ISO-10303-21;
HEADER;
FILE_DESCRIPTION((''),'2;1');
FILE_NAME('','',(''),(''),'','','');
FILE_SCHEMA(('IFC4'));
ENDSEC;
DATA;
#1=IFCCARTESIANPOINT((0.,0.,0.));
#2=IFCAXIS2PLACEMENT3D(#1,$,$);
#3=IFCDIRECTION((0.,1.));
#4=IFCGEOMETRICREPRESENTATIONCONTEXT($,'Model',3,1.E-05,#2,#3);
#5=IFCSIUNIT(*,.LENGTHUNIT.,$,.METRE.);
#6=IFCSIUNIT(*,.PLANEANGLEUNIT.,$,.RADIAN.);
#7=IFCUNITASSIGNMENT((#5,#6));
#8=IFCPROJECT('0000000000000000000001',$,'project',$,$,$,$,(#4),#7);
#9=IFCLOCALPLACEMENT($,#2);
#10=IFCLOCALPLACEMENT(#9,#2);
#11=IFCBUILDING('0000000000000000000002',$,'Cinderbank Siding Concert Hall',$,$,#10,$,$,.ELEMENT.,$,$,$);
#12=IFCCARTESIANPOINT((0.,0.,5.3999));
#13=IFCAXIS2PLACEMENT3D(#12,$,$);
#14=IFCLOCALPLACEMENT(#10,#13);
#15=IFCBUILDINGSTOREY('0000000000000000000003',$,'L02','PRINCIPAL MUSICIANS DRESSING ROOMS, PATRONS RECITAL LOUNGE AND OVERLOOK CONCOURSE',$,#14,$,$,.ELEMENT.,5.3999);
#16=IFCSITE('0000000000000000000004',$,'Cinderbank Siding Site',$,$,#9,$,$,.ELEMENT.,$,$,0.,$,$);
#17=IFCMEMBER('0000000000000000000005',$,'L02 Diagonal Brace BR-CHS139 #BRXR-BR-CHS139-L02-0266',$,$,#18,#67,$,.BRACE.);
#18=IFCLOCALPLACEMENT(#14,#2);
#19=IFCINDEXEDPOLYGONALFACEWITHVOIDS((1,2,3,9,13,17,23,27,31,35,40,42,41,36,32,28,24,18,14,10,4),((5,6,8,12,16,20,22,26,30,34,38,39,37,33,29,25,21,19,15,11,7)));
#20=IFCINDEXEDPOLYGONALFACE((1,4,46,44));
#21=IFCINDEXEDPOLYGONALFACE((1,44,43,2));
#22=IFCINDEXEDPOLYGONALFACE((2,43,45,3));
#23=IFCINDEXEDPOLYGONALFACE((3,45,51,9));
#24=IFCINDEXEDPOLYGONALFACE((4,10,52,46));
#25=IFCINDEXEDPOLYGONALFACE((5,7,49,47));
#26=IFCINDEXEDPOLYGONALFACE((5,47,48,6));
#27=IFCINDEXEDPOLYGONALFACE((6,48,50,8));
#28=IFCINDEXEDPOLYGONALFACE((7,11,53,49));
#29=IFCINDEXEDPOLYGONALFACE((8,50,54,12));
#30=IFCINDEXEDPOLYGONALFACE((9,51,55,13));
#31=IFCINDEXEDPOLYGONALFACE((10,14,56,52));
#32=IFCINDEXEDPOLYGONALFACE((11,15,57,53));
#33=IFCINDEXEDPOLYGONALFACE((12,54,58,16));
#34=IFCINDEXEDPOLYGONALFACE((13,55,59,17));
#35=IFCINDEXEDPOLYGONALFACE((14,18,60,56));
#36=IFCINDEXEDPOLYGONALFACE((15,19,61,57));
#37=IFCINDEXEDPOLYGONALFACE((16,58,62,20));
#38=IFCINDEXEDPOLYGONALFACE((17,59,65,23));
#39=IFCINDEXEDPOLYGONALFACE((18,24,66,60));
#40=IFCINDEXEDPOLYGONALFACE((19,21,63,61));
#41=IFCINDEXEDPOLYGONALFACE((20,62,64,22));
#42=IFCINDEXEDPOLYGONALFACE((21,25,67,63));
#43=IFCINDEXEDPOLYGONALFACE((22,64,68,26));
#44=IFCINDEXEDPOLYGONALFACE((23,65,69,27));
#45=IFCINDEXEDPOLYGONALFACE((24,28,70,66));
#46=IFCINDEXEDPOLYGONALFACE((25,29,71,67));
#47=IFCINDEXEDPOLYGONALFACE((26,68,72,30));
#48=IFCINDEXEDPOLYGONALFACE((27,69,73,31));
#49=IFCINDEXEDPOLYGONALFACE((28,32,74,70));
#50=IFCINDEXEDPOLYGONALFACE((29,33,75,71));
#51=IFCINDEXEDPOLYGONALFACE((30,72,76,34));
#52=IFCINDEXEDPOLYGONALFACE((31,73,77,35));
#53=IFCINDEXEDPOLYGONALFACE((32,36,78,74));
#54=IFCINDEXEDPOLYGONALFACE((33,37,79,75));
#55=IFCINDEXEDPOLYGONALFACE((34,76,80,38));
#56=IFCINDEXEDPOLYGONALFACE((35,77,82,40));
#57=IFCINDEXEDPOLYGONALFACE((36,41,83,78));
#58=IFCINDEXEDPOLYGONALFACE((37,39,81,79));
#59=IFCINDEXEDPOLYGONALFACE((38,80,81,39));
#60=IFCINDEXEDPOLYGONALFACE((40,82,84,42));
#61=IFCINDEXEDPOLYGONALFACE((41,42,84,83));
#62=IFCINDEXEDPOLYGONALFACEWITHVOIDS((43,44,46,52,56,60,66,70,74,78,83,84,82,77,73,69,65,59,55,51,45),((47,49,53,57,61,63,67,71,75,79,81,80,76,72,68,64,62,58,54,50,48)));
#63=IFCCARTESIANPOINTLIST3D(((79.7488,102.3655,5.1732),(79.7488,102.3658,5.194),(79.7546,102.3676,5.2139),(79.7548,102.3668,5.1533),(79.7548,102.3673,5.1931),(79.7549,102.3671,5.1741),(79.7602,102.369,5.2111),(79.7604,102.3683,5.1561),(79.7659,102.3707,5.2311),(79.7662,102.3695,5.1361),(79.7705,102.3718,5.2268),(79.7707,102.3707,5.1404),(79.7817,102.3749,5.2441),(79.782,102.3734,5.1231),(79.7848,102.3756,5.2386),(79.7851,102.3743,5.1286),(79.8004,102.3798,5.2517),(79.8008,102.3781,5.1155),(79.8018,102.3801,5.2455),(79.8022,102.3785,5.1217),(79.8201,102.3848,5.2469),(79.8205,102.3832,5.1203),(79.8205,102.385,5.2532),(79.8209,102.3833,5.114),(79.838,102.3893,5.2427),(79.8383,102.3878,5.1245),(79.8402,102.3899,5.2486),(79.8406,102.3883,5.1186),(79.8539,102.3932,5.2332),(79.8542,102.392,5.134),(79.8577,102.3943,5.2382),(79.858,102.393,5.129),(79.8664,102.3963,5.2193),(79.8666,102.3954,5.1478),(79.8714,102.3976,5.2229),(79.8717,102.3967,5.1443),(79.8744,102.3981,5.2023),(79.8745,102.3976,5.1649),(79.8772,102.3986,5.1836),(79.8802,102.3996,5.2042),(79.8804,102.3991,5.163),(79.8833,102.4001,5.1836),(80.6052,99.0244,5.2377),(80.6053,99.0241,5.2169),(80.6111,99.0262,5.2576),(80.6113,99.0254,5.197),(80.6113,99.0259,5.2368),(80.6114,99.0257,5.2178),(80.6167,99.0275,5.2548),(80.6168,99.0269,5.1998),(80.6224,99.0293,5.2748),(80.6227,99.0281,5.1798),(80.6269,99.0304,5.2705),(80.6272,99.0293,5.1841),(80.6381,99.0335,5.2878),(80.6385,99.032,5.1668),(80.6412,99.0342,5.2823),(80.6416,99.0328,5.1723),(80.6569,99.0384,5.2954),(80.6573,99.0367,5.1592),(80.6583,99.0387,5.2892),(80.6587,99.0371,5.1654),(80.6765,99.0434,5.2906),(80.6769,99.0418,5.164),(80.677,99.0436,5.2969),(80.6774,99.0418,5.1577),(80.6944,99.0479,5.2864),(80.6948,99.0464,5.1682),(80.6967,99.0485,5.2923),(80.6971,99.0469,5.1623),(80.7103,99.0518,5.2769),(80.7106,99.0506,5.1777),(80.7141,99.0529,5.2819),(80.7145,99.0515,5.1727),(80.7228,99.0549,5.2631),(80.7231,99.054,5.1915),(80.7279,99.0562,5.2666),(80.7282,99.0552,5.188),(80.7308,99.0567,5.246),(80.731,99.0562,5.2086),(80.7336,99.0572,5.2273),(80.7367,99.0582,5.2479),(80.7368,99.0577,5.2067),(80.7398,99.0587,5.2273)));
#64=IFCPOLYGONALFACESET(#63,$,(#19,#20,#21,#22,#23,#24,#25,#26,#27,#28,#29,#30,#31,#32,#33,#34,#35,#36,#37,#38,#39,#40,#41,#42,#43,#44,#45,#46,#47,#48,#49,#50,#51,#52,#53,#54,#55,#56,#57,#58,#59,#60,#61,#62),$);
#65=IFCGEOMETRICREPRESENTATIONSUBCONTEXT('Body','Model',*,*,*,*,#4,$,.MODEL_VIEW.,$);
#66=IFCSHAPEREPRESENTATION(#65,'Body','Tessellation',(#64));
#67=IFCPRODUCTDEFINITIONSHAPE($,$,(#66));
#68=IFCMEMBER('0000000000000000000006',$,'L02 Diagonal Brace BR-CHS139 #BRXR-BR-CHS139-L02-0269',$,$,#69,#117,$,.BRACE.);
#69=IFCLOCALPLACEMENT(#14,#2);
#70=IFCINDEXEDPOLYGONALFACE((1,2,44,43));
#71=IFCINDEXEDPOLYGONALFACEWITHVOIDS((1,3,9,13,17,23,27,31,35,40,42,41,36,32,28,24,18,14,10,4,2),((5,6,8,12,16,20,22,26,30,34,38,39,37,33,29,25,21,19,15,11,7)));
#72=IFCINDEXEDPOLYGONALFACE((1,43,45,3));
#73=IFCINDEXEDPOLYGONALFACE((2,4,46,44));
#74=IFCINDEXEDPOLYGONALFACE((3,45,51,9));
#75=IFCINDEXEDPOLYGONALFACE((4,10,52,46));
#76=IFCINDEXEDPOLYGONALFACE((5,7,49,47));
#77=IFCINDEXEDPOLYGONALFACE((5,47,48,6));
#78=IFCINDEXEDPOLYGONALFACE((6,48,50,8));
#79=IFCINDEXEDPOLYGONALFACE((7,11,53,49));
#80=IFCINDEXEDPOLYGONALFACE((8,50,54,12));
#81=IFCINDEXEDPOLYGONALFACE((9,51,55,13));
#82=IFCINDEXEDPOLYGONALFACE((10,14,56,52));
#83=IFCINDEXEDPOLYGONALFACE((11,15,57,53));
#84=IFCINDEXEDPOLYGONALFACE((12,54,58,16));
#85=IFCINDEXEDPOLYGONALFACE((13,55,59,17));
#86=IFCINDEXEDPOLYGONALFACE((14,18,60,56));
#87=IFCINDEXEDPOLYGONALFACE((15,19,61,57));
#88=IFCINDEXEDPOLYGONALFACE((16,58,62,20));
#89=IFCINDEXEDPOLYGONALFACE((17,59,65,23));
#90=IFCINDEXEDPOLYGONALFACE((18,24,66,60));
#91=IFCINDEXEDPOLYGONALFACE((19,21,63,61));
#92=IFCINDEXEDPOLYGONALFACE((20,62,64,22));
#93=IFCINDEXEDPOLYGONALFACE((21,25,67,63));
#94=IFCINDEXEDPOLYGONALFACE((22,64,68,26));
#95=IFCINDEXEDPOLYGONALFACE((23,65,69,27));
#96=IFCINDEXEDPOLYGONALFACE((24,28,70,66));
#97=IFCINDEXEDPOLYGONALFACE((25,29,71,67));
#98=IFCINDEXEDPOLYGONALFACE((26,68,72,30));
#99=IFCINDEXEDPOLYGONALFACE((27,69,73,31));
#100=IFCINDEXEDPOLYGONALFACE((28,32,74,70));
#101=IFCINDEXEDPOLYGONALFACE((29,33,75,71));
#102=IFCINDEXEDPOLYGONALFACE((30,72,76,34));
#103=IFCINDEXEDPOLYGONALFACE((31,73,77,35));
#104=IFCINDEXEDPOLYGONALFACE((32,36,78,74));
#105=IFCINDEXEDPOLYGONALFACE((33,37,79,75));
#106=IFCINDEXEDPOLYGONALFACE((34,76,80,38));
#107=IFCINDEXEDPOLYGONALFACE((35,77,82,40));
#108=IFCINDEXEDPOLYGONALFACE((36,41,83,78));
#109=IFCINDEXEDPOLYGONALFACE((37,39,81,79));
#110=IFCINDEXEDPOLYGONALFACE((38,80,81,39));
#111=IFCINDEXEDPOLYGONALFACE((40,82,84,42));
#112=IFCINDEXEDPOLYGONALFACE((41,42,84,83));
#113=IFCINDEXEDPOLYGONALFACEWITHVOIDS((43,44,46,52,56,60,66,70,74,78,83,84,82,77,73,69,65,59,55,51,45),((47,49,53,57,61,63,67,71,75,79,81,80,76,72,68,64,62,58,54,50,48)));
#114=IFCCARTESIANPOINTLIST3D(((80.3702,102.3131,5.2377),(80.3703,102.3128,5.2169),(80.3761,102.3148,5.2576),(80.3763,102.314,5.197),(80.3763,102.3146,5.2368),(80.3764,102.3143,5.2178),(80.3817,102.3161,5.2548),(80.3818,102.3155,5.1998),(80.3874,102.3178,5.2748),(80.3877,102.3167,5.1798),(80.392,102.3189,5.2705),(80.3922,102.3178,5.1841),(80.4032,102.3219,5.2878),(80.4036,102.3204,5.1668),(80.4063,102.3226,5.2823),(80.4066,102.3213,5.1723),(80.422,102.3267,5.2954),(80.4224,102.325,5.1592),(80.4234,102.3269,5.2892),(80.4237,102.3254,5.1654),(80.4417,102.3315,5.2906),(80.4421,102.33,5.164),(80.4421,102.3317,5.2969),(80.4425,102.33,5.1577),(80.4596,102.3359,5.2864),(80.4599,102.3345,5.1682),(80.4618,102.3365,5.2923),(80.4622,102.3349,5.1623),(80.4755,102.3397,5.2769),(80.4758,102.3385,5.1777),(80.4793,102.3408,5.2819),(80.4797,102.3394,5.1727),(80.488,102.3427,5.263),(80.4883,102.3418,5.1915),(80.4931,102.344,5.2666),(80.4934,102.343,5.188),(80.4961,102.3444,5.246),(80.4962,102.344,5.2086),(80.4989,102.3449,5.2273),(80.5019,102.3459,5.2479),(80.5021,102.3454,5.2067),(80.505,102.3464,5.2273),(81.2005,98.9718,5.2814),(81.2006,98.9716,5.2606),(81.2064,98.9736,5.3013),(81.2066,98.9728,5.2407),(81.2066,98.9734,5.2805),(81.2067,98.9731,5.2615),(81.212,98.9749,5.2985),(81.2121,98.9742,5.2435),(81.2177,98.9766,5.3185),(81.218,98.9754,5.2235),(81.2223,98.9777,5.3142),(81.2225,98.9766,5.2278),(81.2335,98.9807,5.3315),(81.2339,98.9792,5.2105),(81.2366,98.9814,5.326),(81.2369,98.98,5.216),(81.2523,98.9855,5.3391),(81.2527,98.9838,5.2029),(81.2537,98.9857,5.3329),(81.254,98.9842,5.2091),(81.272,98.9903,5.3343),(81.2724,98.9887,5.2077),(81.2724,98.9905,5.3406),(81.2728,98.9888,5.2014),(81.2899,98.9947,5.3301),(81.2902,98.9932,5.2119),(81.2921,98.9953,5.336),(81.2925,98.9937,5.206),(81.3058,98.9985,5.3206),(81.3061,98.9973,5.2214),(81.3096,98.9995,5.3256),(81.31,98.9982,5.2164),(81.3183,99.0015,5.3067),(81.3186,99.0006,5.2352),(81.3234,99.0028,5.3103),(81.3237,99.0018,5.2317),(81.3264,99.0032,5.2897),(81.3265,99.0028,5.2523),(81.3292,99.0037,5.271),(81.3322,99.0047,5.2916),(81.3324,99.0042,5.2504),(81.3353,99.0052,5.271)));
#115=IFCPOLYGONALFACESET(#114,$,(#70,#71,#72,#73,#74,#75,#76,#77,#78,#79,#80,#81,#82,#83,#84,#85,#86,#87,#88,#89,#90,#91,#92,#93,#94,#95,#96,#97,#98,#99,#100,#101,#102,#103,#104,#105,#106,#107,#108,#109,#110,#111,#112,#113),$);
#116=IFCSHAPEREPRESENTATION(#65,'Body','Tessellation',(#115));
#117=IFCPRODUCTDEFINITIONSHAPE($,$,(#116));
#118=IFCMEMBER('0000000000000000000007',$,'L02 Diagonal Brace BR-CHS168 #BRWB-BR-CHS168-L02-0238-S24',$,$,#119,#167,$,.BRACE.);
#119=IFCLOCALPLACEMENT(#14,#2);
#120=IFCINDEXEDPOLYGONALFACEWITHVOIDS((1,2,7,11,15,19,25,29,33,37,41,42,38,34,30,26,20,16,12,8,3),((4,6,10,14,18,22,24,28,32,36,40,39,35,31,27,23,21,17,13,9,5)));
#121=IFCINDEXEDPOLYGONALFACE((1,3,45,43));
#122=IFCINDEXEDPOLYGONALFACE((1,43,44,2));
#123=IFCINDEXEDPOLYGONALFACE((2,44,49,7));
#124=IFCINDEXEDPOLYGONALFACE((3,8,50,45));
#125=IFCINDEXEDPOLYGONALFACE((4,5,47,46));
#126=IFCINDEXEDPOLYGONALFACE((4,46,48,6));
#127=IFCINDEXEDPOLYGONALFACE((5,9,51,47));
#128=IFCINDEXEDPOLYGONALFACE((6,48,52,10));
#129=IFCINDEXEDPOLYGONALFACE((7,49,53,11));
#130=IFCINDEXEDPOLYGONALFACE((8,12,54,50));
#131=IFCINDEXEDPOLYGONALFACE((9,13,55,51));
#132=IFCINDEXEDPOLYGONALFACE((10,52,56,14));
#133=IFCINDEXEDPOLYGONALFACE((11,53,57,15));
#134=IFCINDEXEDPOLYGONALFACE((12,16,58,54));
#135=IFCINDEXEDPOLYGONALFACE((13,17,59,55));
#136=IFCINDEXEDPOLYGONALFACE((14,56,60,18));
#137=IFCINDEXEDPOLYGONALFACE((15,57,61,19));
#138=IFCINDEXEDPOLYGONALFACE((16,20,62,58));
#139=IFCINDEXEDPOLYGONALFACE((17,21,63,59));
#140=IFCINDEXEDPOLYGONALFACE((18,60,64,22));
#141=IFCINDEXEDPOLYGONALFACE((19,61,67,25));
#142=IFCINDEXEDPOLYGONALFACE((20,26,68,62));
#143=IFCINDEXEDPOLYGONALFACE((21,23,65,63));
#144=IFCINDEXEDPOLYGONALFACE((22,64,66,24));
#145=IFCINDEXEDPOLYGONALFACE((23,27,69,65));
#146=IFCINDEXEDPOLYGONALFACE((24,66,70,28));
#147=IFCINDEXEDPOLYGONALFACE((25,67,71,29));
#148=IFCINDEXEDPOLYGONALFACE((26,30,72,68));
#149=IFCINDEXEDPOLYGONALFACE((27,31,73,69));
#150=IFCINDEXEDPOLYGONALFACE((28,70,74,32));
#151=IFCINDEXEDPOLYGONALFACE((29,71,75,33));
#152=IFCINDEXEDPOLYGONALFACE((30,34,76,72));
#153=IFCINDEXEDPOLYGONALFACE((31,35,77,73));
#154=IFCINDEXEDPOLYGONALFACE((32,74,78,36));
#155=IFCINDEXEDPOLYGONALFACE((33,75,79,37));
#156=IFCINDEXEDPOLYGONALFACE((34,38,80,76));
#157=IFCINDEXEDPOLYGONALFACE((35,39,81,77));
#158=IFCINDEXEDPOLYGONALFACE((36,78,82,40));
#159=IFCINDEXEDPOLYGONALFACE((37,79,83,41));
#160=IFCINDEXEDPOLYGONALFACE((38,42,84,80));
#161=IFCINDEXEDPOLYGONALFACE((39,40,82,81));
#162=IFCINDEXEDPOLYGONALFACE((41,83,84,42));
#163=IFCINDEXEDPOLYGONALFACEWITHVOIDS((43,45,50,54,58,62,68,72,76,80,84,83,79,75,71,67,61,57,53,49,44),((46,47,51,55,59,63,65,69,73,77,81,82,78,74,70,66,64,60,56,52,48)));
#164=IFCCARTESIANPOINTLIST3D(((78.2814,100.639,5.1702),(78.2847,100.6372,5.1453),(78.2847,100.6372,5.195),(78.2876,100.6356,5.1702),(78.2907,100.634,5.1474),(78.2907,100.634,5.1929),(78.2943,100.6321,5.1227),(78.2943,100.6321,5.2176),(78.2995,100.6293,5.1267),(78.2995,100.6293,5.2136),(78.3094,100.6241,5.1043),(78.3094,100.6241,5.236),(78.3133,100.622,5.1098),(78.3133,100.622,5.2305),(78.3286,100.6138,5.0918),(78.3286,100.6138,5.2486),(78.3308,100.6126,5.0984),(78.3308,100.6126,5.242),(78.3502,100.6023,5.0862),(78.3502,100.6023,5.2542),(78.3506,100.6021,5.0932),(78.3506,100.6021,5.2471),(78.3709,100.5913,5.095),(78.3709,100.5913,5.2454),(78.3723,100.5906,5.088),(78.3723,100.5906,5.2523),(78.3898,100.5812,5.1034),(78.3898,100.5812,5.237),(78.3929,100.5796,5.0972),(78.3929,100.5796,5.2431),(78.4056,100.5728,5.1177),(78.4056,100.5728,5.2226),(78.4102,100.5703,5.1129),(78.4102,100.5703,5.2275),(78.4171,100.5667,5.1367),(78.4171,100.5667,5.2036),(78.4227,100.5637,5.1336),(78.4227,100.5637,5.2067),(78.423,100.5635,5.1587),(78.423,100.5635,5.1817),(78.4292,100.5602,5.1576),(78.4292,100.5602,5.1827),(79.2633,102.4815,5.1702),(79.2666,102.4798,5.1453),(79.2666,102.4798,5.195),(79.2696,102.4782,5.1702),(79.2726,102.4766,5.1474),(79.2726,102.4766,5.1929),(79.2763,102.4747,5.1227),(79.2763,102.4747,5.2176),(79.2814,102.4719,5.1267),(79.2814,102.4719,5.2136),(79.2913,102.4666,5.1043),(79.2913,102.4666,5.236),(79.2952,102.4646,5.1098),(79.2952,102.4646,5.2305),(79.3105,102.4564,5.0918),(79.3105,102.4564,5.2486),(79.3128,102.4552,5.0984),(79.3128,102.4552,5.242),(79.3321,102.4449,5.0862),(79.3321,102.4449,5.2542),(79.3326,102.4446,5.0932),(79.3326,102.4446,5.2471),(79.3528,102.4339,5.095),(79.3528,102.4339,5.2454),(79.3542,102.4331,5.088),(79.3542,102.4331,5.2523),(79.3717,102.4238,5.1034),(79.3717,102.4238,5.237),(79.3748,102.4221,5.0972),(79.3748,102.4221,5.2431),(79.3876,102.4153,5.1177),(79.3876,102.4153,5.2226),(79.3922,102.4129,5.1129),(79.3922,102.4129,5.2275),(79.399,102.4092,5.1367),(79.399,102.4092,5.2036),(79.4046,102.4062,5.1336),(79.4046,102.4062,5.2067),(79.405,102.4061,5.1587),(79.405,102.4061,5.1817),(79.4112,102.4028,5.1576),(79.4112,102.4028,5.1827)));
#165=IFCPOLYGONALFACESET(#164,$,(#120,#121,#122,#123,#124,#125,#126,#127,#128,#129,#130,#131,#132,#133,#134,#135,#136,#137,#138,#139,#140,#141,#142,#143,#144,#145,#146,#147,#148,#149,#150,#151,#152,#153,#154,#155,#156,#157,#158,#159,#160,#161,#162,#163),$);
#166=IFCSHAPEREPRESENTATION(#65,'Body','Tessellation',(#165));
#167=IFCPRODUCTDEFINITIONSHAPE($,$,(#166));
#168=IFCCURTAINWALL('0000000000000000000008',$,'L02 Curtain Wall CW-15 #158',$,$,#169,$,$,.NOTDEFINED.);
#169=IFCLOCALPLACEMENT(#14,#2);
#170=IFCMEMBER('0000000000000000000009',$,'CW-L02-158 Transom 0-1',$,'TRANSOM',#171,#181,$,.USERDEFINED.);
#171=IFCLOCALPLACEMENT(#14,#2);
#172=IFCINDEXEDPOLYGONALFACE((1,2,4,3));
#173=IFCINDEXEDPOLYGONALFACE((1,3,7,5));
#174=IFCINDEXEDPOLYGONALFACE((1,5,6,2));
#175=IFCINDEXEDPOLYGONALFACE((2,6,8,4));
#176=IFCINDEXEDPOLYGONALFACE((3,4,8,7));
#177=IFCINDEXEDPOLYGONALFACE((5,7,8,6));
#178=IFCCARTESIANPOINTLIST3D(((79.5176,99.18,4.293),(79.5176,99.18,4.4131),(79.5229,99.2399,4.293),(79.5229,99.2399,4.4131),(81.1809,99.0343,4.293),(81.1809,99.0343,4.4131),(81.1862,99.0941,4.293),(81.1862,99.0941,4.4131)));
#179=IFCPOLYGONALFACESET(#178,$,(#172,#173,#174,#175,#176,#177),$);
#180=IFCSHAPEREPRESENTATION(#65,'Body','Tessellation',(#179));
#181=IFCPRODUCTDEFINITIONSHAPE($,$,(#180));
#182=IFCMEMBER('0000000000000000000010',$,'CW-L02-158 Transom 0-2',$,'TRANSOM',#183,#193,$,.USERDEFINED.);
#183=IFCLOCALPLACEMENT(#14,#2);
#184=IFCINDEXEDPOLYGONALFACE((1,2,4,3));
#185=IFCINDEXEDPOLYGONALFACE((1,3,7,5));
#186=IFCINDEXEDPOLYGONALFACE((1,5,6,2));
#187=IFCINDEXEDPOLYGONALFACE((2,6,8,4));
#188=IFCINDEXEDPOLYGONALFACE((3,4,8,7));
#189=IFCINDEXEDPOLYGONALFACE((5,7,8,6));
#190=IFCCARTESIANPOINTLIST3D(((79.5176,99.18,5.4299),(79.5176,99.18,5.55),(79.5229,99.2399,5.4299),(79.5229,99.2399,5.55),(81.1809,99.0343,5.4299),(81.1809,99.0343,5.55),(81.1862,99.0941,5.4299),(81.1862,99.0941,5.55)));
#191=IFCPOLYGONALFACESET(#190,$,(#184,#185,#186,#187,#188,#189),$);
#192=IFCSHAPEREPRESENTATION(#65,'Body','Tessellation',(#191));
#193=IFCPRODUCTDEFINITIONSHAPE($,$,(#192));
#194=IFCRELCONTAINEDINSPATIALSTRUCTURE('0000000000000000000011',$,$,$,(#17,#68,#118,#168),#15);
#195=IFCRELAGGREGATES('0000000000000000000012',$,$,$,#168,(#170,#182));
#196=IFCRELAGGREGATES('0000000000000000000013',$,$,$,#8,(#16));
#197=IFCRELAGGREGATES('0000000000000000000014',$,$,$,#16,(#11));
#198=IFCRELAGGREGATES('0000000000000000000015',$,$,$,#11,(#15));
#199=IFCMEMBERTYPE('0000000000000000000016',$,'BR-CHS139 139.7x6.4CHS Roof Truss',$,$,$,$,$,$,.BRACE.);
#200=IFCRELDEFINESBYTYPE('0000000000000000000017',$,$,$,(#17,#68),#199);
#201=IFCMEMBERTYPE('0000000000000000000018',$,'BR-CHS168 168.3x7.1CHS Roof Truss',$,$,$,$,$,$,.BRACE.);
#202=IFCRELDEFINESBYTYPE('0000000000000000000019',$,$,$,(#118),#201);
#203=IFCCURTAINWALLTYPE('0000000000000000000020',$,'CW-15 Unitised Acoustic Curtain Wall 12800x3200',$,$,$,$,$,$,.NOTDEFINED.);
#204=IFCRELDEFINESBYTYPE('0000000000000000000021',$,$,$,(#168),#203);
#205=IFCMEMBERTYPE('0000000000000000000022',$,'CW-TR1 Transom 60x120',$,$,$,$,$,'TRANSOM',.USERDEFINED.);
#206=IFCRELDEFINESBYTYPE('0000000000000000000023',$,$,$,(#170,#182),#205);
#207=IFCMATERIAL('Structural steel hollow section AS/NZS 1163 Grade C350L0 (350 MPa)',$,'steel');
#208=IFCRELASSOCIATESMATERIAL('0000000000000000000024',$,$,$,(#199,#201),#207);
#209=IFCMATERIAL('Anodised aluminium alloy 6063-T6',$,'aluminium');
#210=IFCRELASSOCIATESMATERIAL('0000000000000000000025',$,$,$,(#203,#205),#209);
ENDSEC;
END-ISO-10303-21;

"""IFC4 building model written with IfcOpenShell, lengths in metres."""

from ifc_helpers import new_model, si_unit, direction, frame, origin, origin_2d, place, context, subcontext, project, spatial, rectangle, hollow_circle, extrude, material, material_profile, profile_set, type_object, element, aggregate, save


model = new_model("IFC4")

# Units and contexts
model_context = context("Model", 3, precision=1e-05, world=origin(), true_north=direction((0.0, 1.0)))
body_context = subcontext(model_context, "Body", "Model", "MODEL_VIEW")
ifc_project = project(units=[si_unit("LENGTHUNIT", "METRE"), si_unit("PLANEANGLEUNIT", "RADIAN")], contexts=[model_context])

# Site, building, storey
site_placement = place(None, origin())
site = spatial("IfcSite", under=ifc_project, at=site_placement, Name="Cinderbank Siding Site", CompositionType="ELEMENT", RefElevation=0.0)
building_placement = place(site_placement, origin())
building = spatial("IfcBuilding", under=site, at=building_placement, Name="Cinderbank Siding Concert Hall", CompositionType="ELEMENT")
storey_placement = place(building_placement, frame((0.0, 0.0, 5.3999)))
storey = spatial("IfcBuildingStorey", under=building, at=storey_placement, Name="L02", Description="PRINCIPAL MUSICIANS DRESSING ROOMS, PATRONS RECITAL LOUNGE AND OVERLOOK CONCOURSE", CompositionType="ELEMENT", Elevation=5.3999)

# Members
ifc_material_1 = material(Name="Structural steel hollow section AS/NZS 1163 Grade C350L0 (350 MPa)", Category="steel")
ifc_material_profile_1 = material_profile(ifc_material_1, hollow_circle(Radius=0.0698, WallThickness=0.0063, at=origin_2d()), Name="139.7x6.4CHS", Category="LoadBearing")
ifc_profile_set_1 = profile_set([ifc_material_profile_1], Name="Structural steel hollow section AS/NZS 1163 Grade C350L0 (350 MPa)")
member_type_1 = type_object("IfcMemberType", Name="BR-CHS139 139.7x6.4CHS Roof Truss", PredefinedType="BRACE", material=ifc_profile_set_1)
member_1_placement = place(storey_placement, frame((79.8157, 102.3828, 5.1836), z_axis=(0.248274, -0.968607, 0.012668), x_axis=(0.968685, 0.248294, 0.0)))
element("IfcMember", 1, at=member_1_placement, inside=storey, type_object=member_type_1, Name="L02 Diagonal Brace BR-CHS139 #BRXR-BR-CHS139-L02-0266", PredefinedType="BRACE", context=body_context, shape_type="SweptSolid", body=[
    extrude(hollow_circle(Radius=0.0698, WallThickness=0.0063, at=origin_2d()), origin(), (0.0, 0.0, 1.0), 3.4497),
])
member_2_placement = place(storey_placement, frame((80.4373, 102.3296, 5.2273), z_axis=(0.241148, -0.970405, 0.012692), x_axis=(0.970484, 0.241167, 0.0)))
element("IfcMember", 2, at=member_2_placement, inside=storey, type_object=member_type_1, Name="L02 Diagonal Brace BR-CHS139 #BRXR-BR-CHS139-L02-0269", PredefinedType="BRACE", context=body_context, shape_type="SweptSolid", body=[
    extrude(hollow_circle(Radius=0.0698, WallThickness=0.0063, at=origin_2d()), origin(), (0.0, 0.0, 1.0), 3.4431),
])
ifc_material_profile_2 = material_profile(ifc_material_1, hollow_circle(Radius=0.0842, WallThickness=0.0071, at=origin_2d()), Name="168.3x7.1CHS", Category="LoadBearing")
ifc_profile_set_2 = profile_set([ifc_material_profile_2], Name="Structural steel hollow section AS/NZS 1163 Grade C350L0 (350 MPa)")
member_type_2 = type_object("IfcMemberType", Name="BR-CHS168 168.3x7.1CHS Roof Truss", PredefinedType="BRACE", material=ifc_profile_set_2)
member_3_placement = place(storey_placement, frame((78.3557, 100.5994, 5.1702), z_axis=(0.470309, 0.882502, 0.0), x_axis=(-0.882502, 0.470309, 0.0)))
element("IfcMember", 3, at=member_3_placement, inside=storey, type_object=member_type_2, Name="L02 Diagonal Brace BR-CHS168 #BRWB-BR-CHS168-L02-0238-S24", PredefinedType="BRACE", context=body_context, shape_type="SweptSolid", body=[
    extrude(hollow_circle(Radius=0.0842, WallThickness=0.0071, at=origin_2d()), origin(), (0.0, 0.0, 1.0), 2.0879),
])

# Curtain wall, members
ifc_material_2 = material(Name="Anodised aluminium alloy 6063-T6", Category="aluminium")
curtain_wall_type = type_object("IfcCurtainWallType", Name="CW-15 Unitised Acoustic Curtain Wall 12800x3200", PredefinedType="NOTDEFINED", material=ifc_material_2)
curtain_wall_1_placement = place(storey_placement, origin())
curtain_wall_1 = element("IfcCurtainWall", 4, at=curtain_wall_1_placement, inside=storey, type_object=curtain_wall_type, Name="L02 Curtain Wall CW-15 #158", PredefinedType="NOTDEFINED")
ifc_material_profile_3 = material_profile(ifc_material_2, rectangle(XDim=0.0601, YDim=0.1201, at=origin_2d()), Name="ALU-TRAN-60x120", Category="LoadBearing")
ifc_profile_set_3 = profile_set([ifc_material_profile_3], Name="Anodised aluminium alloy 6063-T6")
member_type_3 = type_object("IfcMemberType", Name="CW-TR1 Transom 60x120", ElementType="TRANSOM", PredefinedType="USERDEFINED", material=ifc_profile_set_3)
member_4_placement = place(storey_placement, frame((79.5203, 99.21, 4.353), z_axis=(0.996183, -0.087292, 0.0), x_axis=(0.087292, 0.996183, 0.0)))
member_4 = element("IfcMember", 5, at=member_4_placement, type_object=member_type_3, Name="CW-L02-158 Transom 0-1", ObjectType="TRANSOM", PredefinedType="USERDEFINED", context=body_context, shape_type="SweptSolid", body=[
    extrude(rectangle(XDim=0.0601, YDim=0.1201, at=origin_2d()), origin(), (0.0, 0.0, 1.0), 1.6697),
])
member_5_placement = place(storey_placement, frame((79.5203, 99.21, 5.49), z_axis=(0.996183, -0.087292, 0.0), x_axis=(0.087292, 0.996183, 0.0)))
member_5 = element("IfcMember", 6, at=member_5_placement, type_object=member_type_3, Name="CW-L02-158 Transom 0-2", ObjectType="TRANSOM", PredefinedType="USERDEFINED", context=body_context, shape_type="SweptSolid", body=[
    extrude(rectangle(XDim=0.0601, YDim=0.1201, at=origin_2d()), origin(), (0.0, 0.0, 1.0), 1.6697),
])

aggregate(curtain_wall_1, [member_4, member_5])

save(model, "model.ifc")
